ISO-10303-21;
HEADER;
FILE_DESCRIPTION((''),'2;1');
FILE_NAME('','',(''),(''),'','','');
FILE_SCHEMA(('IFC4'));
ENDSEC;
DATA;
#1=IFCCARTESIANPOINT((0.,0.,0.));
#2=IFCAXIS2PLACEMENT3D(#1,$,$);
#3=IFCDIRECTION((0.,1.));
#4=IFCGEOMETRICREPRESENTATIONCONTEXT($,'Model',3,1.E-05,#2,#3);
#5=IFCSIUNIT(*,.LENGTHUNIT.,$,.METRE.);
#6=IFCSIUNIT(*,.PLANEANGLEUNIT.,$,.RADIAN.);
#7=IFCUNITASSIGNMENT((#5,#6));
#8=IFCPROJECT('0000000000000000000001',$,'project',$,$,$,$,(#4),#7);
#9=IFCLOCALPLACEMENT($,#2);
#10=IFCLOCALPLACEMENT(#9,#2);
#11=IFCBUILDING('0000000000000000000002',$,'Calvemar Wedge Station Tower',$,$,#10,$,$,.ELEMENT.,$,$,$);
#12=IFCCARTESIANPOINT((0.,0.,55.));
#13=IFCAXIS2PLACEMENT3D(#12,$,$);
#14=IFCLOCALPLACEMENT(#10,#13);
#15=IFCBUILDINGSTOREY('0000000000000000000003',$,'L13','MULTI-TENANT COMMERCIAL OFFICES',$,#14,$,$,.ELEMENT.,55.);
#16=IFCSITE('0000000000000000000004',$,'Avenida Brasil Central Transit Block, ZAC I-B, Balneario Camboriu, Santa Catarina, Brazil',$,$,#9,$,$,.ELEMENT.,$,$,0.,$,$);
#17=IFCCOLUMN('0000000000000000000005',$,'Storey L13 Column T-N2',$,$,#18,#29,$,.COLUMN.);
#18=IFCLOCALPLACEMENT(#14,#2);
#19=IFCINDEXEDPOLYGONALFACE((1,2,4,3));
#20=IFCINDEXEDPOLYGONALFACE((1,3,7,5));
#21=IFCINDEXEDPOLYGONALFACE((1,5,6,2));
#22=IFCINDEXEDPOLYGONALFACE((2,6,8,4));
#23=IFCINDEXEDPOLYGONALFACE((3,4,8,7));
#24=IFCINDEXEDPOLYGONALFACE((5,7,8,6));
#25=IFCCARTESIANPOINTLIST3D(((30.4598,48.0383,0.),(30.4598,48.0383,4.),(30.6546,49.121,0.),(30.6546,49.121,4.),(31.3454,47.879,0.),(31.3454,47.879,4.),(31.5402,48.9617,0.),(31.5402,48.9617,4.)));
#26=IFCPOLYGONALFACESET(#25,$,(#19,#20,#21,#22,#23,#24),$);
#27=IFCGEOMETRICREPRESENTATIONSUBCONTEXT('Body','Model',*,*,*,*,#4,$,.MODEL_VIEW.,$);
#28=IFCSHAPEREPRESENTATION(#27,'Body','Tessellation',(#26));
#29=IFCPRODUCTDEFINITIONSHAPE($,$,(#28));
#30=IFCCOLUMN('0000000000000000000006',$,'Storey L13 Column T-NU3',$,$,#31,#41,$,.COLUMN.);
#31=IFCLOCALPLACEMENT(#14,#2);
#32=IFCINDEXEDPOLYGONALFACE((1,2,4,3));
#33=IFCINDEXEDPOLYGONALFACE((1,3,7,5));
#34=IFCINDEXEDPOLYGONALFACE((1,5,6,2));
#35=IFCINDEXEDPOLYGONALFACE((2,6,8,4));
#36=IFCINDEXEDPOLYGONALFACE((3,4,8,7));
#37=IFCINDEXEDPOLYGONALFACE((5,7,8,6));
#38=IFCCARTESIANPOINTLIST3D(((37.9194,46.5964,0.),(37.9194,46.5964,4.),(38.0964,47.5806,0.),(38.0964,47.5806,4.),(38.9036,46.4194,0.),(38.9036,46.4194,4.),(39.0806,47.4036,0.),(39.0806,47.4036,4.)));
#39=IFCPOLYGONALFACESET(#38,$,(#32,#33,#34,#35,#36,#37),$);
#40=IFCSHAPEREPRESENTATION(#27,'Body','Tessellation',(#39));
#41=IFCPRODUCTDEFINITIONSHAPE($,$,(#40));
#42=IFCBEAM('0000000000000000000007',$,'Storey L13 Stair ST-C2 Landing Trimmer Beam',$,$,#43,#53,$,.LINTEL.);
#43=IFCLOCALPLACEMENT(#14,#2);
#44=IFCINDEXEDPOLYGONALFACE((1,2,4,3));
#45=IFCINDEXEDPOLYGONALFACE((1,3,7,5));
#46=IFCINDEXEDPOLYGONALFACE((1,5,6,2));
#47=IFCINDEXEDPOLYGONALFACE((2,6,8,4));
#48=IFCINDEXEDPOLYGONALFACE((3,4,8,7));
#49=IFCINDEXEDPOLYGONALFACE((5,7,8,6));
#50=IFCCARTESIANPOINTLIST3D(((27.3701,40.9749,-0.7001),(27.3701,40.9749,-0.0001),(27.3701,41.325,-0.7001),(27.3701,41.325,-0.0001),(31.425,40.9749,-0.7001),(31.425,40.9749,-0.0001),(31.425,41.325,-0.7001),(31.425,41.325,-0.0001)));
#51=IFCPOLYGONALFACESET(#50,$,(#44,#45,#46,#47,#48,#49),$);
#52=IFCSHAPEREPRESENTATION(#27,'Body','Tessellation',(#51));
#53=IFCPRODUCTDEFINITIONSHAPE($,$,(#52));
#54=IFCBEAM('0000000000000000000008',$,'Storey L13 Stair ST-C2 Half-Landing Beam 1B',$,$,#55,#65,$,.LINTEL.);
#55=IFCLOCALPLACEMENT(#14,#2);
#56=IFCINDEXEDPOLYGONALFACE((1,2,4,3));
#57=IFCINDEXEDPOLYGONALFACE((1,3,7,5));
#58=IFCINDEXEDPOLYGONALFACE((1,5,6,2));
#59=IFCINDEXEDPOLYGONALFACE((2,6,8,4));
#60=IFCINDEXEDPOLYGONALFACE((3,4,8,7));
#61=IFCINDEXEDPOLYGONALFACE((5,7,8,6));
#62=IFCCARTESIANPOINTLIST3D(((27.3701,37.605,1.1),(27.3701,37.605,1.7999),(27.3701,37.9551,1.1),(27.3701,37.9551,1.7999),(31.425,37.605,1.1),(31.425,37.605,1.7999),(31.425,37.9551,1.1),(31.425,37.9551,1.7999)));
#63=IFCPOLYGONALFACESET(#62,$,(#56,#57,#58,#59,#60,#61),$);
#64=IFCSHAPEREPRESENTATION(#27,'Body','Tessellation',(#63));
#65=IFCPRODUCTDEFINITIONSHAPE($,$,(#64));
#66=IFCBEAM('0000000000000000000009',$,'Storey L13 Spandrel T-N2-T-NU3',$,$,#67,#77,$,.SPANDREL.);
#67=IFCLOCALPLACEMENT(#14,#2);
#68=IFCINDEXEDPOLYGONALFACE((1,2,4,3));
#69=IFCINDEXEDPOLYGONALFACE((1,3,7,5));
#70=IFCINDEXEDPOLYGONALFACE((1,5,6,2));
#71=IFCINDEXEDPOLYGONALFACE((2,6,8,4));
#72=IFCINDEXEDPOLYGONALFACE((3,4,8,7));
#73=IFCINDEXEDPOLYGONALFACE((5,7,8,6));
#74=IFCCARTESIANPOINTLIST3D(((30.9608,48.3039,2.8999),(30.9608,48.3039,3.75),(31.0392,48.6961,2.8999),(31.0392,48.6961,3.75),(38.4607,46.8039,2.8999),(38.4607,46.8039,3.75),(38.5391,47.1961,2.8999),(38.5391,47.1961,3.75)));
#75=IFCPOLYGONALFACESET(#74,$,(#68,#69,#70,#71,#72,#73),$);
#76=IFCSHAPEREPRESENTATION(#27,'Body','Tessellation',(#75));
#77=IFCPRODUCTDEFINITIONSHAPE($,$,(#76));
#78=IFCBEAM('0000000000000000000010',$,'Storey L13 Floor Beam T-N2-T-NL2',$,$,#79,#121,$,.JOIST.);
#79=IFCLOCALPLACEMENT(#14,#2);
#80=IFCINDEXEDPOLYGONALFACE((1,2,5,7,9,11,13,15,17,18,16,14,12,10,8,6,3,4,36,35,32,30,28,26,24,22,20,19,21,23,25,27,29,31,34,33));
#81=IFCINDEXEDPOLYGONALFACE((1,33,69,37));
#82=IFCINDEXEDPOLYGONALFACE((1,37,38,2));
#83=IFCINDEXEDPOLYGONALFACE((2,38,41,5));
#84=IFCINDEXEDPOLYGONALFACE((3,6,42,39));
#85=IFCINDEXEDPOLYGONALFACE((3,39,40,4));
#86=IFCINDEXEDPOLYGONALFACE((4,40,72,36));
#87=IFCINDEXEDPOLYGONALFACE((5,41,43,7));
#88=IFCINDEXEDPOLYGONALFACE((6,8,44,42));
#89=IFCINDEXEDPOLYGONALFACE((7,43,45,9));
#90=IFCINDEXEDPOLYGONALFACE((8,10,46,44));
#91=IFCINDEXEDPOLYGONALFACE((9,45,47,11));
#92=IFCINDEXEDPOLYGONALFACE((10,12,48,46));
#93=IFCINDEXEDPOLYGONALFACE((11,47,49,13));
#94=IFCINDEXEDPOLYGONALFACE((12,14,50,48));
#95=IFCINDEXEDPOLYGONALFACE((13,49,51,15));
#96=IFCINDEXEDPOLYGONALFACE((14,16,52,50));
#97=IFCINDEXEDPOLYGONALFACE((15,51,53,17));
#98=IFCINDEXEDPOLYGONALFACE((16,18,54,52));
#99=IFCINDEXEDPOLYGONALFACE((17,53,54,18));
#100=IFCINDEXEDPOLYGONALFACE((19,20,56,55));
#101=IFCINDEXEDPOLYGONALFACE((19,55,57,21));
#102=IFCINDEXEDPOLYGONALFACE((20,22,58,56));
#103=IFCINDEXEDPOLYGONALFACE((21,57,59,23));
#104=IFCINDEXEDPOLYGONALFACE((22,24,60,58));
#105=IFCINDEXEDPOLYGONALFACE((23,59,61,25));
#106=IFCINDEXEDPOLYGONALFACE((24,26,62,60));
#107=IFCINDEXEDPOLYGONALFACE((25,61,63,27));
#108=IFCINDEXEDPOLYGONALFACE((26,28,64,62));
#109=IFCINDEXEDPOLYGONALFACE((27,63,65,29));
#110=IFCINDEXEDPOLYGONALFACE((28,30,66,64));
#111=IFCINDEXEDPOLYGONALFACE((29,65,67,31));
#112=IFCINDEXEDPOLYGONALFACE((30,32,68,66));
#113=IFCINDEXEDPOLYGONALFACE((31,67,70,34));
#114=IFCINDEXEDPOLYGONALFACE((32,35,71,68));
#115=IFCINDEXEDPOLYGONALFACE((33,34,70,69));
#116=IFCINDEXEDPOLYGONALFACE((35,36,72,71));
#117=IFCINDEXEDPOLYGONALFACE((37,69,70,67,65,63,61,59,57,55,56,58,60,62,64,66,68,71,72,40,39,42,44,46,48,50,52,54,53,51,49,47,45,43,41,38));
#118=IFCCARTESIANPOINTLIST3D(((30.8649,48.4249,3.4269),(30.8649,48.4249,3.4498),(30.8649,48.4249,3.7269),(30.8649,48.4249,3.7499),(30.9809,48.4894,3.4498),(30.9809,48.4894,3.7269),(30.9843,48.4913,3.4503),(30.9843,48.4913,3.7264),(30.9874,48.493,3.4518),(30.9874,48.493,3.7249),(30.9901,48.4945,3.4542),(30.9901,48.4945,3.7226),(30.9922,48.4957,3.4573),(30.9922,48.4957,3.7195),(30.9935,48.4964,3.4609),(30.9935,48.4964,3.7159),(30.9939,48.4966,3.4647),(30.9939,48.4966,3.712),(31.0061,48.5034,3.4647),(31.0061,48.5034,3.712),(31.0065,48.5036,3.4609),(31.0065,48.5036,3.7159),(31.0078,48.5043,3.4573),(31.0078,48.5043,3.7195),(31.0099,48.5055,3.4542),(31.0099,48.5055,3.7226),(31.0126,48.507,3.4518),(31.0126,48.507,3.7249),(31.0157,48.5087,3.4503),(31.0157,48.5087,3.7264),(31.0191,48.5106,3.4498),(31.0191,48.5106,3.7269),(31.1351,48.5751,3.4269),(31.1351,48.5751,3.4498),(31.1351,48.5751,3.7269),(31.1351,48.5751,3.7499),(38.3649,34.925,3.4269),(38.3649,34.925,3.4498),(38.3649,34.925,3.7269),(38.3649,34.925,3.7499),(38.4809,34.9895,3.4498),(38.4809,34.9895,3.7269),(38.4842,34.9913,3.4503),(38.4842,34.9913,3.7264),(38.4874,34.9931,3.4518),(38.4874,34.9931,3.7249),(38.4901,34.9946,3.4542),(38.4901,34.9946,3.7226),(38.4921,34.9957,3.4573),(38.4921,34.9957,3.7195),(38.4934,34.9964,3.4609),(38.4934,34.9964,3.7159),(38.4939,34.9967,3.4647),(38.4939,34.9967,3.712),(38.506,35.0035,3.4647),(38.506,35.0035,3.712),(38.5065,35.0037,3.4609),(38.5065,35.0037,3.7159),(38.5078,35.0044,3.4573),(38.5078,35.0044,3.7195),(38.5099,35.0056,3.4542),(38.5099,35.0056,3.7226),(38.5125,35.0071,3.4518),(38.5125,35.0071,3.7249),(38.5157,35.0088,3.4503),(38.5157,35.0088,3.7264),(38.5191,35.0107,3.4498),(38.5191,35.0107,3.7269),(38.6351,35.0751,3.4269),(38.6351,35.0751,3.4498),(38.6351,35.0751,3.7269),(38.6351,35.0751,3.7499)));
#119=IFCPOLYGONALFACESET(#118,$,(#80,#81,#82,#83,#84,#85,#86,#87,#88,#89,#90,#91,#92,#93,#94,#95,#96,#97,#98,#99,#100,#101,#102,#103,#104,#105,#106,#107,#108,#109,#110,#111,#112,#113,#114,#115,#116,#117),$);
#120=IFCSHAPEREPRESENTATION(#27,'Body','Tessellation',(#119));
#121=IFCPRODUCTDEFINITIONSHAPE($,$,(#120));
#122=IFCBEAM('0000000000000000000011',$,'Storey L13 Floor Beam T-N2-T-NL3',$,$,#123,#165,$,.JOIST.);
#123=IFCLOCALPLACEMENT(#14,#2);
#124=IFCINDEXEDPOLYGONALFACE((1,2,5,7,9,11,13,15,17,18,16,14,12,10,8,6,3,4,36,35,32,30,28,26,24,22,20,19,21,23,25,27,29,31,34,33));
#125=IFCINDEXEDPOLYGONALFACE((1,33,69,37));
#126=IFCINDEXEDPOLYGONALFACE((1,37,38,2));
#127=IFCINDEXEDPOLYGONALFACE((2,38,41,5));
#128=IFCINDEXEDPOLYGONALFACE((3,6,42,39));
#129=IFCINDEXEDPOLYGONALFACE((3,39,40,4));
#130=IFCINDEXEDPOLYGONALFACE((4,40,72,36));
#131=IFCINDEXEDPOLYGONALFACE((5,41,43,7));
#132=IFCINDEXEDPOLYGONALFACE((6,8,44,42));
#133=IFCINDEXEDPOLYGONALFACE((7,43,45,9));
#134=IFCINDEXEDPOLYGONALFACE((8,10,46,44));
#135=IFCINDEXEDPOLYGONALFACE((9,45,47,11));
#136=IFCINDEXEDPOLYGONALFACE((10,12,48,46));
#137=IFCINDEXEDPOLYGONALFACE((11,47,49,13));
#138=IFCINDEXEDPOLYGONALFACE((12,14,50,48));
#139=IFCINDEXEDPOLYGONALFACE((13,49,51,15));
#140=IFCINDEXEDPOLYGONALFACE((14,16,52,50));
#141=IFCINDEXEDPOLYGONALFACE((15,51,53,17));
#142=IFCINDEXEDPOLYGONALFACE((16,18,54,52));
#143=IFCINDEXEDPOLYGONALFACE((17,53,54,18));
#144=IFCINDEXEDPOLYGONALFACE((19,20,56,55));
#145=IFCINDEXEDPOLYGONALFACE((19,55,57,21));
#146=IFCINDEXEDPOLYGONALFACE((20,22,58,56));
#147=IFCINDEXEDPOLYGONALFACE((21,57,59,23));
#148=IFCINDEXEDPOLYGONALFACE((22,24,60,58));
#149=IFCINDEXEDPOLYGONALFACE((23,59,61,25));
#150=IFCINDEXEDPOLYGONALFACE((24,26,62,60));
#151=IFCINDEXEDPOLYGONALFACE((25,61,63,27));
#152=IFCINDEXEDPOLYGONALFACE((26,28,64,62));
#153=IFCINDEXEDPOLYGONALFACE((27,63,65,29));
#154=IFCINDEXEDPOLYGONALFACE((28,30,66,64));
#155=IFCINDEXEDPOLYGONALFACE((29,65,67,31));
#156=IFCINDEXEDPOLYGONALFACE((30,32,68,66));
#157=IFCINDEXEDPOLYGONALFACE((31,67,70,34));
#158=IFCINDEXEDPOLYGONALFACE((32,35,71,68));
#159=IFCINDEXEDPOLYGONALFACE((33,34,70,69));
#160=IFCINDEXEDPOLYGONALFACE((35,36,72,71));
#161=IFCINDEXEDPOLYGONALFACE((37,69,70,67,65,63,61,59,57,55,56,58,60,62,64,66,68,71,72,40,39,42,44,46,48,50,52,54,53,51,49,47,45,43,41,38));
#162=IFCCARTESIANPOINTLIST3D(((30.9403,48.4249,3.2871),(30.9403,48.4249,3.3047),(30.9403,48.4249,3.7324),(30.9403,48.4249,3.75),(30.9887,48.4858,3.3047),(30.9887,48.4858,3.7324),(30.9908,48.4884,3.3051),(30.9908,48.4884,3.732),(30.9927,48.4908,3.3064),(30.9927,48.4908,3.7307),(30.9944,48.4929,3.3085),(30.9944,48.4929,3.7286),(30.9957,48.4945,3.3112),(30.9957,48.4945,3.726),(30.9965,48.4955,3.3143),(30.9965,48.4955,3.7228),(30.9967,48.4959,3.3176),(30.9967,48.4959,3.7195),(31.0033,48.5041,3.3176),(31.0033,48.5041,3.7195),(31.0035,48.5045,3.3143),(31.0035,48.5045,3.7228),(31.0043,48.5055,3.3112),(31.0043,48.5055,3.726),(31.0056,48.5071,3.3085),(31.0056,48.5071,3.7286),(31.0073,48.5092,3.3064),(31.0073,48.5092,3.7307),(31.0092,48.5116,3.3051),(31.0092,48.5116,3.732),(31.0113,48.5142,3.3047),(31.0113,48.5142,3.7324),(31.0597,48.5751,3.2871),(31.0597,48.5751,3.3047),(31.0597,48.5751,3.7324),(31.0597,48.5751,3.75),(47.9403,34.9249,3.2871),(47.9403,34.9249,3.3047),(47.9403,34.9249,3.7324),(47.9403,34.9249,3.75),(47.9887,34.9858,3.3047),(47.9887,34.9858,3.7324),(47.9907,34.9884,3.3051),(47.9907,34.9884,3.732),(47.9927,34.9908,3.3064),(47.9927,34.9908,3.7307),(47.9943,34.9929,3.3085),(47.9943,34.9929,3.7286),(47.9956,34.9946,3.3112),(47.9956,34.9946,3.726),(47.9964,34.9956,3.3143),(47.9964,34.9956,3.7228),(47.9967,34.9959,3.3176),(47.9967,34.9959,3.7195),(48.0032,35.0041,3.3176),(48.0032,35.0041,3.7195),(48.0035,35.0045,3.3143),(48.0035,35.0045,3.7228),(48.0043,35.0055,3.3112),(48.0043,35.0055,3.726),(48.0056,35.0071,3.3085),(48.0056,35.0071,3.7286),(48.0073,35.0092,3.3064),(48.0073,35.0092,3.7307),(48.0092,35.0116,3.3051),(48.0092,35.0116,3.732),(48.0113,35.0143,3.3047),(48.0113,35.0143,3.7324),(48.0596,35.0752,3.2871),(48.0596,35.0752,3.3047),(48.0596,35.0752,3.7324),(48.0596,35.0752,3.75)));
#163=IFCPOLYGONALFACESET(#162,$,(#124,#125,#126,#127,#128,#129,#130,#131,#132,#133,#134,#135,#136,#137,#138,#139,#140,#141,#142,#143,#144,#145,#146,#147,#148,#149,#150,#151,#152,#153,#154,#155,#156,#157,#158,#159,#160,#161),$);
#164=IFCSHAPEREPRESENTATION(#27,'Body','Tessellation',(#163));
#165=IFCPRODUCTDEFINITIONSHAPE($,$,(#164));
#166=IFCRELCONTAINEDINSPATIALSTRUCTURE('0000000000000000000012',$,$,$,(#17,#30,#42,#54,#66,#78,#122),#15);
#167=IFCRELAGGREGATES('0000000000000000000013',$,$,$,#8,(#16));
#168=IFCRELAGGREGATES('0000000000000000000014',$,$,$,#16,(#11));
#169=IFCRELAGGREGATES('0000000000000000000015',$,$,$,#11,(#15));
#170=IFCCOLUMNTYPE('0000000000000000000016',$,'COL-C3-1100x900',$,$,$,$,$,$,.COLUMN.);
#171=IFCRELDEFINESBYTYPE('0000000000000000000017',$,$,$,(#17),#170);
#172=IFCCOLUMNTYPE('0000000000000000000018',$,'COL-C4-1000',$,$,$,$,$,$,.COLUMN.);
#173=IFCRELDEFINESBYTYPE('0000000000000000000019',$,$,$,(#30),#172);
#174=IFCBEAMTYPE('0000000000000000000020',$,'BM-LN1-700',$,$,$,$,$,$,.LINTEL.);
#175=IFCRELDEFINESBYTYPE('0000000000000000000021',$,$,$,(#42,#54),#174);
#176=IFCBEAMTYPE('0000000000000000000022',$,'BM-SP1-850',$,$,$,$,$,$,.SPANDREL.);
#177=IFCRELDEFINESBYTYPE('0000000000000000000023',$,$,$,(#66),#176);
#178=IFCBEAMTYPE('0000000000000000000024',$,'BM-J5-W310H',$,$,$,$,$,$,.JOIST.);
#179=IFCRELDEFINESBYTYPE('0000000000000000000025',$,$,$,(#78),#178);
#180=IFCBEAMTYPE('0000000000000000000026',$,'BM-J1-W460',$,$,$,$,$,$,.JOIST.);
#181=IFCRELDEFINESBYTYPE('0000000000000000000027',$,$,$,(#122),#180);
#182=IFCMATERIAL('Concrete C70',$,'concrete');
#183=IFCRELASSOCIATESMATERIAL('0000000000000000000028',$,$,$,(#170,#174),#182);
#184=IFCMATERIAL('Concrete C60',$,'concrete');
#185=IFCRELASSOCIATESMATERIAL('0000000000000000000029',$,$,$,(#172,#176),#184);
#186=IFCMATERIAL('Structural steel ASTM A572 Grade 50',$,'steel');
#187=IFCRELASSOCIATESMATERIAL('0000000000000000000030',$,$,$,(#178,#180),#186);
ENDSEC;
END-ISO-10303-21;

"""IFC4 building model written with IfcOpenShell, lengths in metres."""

from ifc_helpers import new_model, si_unit, direction, frame, origin, origin_2d, place, context, subcontext, project, spatial, rectangle, i_section, extrude, source, transform, mapped, material, material_profile, profile_set, type_object, element, save


model = new_model("IFC4")

# Units and contexts
model_context = context("Model", 3, precision=1e-05, world=origin(), true_north=direction((0.0, 1.0)))
body_context = subcontext(model_context, "Body", "Model", "MODEL_VIEW")
ifc_project = project(units=[si_unit("LENGTHUNIT", "METRE"), si_unit("PLANEANGLEUNIT", "RADIAN")], contexts=[model_context])

# Site, building, storey
site_placement = place(None, origin())
site = spatial("IfcSite", under=ifc_project, at=site_placement, Name="Avenida Brasil Central Transit Block, ZAC I-B, Balneario Camboriu, Santa Catarina, Brazil", CompositionType="ELEMENT", RefElevation=0.0)
building_placement = place(site_placement, origin())
building = spatial("IfcBuilding", under=site, at=building_placement, Name="Calvemar Wedge Station Tower", CompositionType="ELEMENT")
storey_placement = place(building_placement, frame((0.0, 0.0, 55.0)))
storey = spatial("IfcBuildingStorey", under=building, at=storey_placement, Name="L13", Description="MULTI-TENANT COMMERCIAL OFFICES", CompositionType="ELEMENT", Elevation=55.0)

# Columns
ifc_material_1 = material(Name="Concrete C70", Category="concrete")
ifc_material_profile_1 = material_profile(ifc_material_1, rectangle(XDim=0.8999, YDim=1.1001, at=origin_2d()), Name="RC1100x900")
ifc_profile_set_1 = profile_set([ifc_material_profile_1], Name="Concrete C70")
column_type_1 = type_object("IfcColumnType", Name="COL-C3-1100x900", PredefinedType="COLUMN", material=ifc_profile_set_1)
shared_shape_1 = source(origin(), body_context, "Body", "SweptSolid", [
    extrude(rectangle(XDim=0.8999, YDim=1.1001, at=origin_2d()), origin(), (0.0, 0.0, 1.0), 4.0),
])
column_1_placement = place(storey_placement, frame((31.0, 48.5, 0.0), z_axis=(0.0, 0.0, 1.0), x_axis=(0.984196, -0.177085, 0.0)))
element("IfcColumn", 1, at=column_1_placement, inside=storey, type_object=column_type_1, Name="Storey L13 Column T-N2", PredefinedType="COLUMN", context=body_context, shape_type="MappedRepresentation", body=[
    mapped(shared_shape_1, transform((0.0, 0.0, 0.0), scale=1.0)),
])
ifc_material_2 = material(Name="Concrete C60", Category="concrete")
ifc_material_profile_2 = material_profile(ifc_material_2, rectangle(XDim=1.0, YDim=1.0, at=origin_2d()), Name="RC1000x1000")
ifc_profile_set_2 = profile_set([ifc_material_profile_2], Name="Concrete C60")
column_type_2 = type_object("IfcColumnType", Name="COL-C4-1000", PredefinedType="COLUMN", material=ifc_profile_set_2)
shared_shape_2 = source(origin(), body_context, "Body", "SweptSolid", [
    extrude(rectangle(XDim=1.0, YDim=1.0, at=origin_2d()), origin(), (0.0, 0.0, 1.0), 4.0),
])
column_2_placement = place(storey_placement, frame((38.5, 47.0, 0.0), z_axis=(0.0, 0.0, 1.0), x_axis=(0.984196, -0.177085, 0.0)))
element("IfcColumn", 2, at=column_2_placement, inside=storey, type_object=column_type_2, Name="Storey L13 Column T-NU3", PredefinedType="COLUMN", context=body_context, shape_type="MappedRepresentation", body=[
    mapped(shared_shape_2, transform((0.0, 0.0, 0.0), scale=1.0)),
])

# Beams
ifc_material_profile_3 = material_profile(ifc_material_1, rectangle(XDim=0.3501, YDim=0.7, at=origin_2d()), Name="RC350x700")
ifc_profile_set_3 = profile_set([ifc_material_profile_3], Name="Concrete C70")
beam_type_1 = type_object("IfcBeamType", Name="BM-LN1-700", PredefinedType="LINTEL", material=ifc_profile_set_3)
shared_shape_3 = source(origin(), body_context, "Body", "SweptSolid", [
    extrude(rectangle(XDim=0.3501, YDim=0.7, at=origin_2d()), origin(), (0.0, 0.0, 1.0), 4.0549),
])
for number, where, z_axis, x_axis, name in (
    (3, (27.3701, 41.1499, -0.3501), (1.0, 0.0, 0.0), (0.0, 1.0, 0.0), "Storey L13 Stair ST-C2 Landing Trimmer Beam"),
    (4, (27.3701, 37.78, 1.45), (1.0, 0.0, 0.0), (0.0, 1.0, 0.0), "Storey L13 Stair ST-C2 Half-Landing Beam 1B"),
):
    element("IfcBeam", number, at=place(storey_placement, frame(where, z_axis=z_axis, x_axis=x_axis)), inside=storey, type_object=beam_type_1, Name=name, PredefinedType="LINTEL", context=body_context, shape_type="MappedRepresentation", body=[
        mapped(shared_shape_3, transform((0.0, 0.0, 0.0), scale=1.0)),
    ])
ifc_material_profile_4 = material_profile(ifc_material_2, rectangle(XDim=0.3999, YDim=0.8501, at=origin_2d()), Name="RC400x850")
ifc_profile_set_4 = profile_set([ifc_material_profile_4], Name="Concrete C60")
beam_type_2 = type_object("IfcBeamType", Name="BM-SP1-850", PredefinedType="SPANDREL", material=ifc_profile_set_4)
shared_shape_4 = source(origin(), body_context, "Body", "SweptSolid", [
    extrude(rectangle(XDim=0.3999, YDim=0.8501, at=origin_2d()), origin(), (0.0, 0.0, 1.0), 7.6484),
])
beam_1_placement = place(storey_placement, frame((31.0, 48.5, 3.325), z_axis=(0.980581, -0.196116, 0.0), x_axis=(0.196116, 0.980581, 0.0)))
element("IfcBeam", 5, at=beam_1_placement, inside=storey, type_object=beam_type_2, Name="Storey L13 Spandrel T-N2-T-NU3", PredefinedType="SPANDREL", context=body_context, shape_type="MappedRepresentation", body=[
    mapped(shared_shape_4, transform((0.0, 0.0, 0.0), scale=1.0)),
])
ifc_material_3 = material(Name="Structural steel ASTM A572 Grade 50", Category="steel")
ifc_material_profile_5 = material_profile(ifc_material_3, i_section(OverallWidth=0.3091, OverallDepth=0.323, WebThickness=0.0139, FlangeThickness=0.0229, FilletRadius=0.0149, at=origin_2d()), Name="W310x143")
ifc_profile_set_5 = profile_set([ifc_material_profile_5], Name="Structural steel ASTM A572 Grade 50")
beam_type_3 = type_object("IfcBeamType", Name="BM-J5-W310H", PredefinedType="JOIST", material=ifc_profile_set_5)
shared_shape_5 = source(origin(), body_context, "Body", "SweptSolid", [
    extrude(i_section(OverallWidth=0.3091, OverallDepth=0.323, WebThickness=0.0139, FlangeThickness=0.0229, FilletRadius=0.0149, at=origin_2d()), origin(), (0.0, 0.0, 1.0), 15.4434),
])
beam_2_placement = place(storey_placement, frame((31.0, 48.5, 3.5884), z_axis=(0.485643, -0.874157, 0.0), x_axis=(0.874157, 0.485643, 0.0)))
element("IfcBeam", 6, at=beam_2_placement, inside=storey, type_object=beam_type_3, Name="Storey L13 Floor Beam T-N2-T-NL2", PredefinedType="JOIST", context=body_context, shape_type="MappedRepresentation", body=[
    mapped(shared_shape_5, transform((0.0, 0.0, 0.0), scale=1.0)),
])
ifc_material_profile_6 = material_profile(ifc_material_3, i_section(OverallWidth=0.1919, OverallDepth=0.4629, WebThickness=0.0105, FlangeThickness=0.0176, FilletRadius=0.0129, at=origin_2d()), Name="W460x89")
ifc_profile_set_6 = profile_set([ifc_material_profile_6], Name="Structural steel ASTM A572 Grade 50")
beam_type_4 = type_object("IfcBeamType", Name="BM-J1-W460", PredefinedType="JOIST", material=ifc_profile_set_6)
shared_shape_6 = source(origin(), body_context, "Body", "SweptSolid", [
    extrude(i_section(OverallWidth=0.1919, OverallDepth=0.4629, WebThickness=0.0105, FlangeThickness=0.0176, FilletRadius=0.0129, at=origin_2d()), origin(), (0.0, 0.0, 1.0), 21.7083),
])
beam_3_placement = place(storey_placement, frame((31.0, 48.5, 3.5186), z_axis=(0.783111, -0.621882, 0.0), x_axis=(0.621882, 0.783111, 0.0)))
element("IfcBeam", 7, at=beam_3_placement, inside=storey, type_object=beam_type_4, Name="Storey L13 Floor Beam T-N2-T-NL3", PredefinedType="JOIST", context=body_context, shape_type="MappedRepresentation", body=[
    mapped(shared_shape_6, transform((0.0, 0.0, 0.0), scale=1.0)),
])

save(model, "model.ifc")
